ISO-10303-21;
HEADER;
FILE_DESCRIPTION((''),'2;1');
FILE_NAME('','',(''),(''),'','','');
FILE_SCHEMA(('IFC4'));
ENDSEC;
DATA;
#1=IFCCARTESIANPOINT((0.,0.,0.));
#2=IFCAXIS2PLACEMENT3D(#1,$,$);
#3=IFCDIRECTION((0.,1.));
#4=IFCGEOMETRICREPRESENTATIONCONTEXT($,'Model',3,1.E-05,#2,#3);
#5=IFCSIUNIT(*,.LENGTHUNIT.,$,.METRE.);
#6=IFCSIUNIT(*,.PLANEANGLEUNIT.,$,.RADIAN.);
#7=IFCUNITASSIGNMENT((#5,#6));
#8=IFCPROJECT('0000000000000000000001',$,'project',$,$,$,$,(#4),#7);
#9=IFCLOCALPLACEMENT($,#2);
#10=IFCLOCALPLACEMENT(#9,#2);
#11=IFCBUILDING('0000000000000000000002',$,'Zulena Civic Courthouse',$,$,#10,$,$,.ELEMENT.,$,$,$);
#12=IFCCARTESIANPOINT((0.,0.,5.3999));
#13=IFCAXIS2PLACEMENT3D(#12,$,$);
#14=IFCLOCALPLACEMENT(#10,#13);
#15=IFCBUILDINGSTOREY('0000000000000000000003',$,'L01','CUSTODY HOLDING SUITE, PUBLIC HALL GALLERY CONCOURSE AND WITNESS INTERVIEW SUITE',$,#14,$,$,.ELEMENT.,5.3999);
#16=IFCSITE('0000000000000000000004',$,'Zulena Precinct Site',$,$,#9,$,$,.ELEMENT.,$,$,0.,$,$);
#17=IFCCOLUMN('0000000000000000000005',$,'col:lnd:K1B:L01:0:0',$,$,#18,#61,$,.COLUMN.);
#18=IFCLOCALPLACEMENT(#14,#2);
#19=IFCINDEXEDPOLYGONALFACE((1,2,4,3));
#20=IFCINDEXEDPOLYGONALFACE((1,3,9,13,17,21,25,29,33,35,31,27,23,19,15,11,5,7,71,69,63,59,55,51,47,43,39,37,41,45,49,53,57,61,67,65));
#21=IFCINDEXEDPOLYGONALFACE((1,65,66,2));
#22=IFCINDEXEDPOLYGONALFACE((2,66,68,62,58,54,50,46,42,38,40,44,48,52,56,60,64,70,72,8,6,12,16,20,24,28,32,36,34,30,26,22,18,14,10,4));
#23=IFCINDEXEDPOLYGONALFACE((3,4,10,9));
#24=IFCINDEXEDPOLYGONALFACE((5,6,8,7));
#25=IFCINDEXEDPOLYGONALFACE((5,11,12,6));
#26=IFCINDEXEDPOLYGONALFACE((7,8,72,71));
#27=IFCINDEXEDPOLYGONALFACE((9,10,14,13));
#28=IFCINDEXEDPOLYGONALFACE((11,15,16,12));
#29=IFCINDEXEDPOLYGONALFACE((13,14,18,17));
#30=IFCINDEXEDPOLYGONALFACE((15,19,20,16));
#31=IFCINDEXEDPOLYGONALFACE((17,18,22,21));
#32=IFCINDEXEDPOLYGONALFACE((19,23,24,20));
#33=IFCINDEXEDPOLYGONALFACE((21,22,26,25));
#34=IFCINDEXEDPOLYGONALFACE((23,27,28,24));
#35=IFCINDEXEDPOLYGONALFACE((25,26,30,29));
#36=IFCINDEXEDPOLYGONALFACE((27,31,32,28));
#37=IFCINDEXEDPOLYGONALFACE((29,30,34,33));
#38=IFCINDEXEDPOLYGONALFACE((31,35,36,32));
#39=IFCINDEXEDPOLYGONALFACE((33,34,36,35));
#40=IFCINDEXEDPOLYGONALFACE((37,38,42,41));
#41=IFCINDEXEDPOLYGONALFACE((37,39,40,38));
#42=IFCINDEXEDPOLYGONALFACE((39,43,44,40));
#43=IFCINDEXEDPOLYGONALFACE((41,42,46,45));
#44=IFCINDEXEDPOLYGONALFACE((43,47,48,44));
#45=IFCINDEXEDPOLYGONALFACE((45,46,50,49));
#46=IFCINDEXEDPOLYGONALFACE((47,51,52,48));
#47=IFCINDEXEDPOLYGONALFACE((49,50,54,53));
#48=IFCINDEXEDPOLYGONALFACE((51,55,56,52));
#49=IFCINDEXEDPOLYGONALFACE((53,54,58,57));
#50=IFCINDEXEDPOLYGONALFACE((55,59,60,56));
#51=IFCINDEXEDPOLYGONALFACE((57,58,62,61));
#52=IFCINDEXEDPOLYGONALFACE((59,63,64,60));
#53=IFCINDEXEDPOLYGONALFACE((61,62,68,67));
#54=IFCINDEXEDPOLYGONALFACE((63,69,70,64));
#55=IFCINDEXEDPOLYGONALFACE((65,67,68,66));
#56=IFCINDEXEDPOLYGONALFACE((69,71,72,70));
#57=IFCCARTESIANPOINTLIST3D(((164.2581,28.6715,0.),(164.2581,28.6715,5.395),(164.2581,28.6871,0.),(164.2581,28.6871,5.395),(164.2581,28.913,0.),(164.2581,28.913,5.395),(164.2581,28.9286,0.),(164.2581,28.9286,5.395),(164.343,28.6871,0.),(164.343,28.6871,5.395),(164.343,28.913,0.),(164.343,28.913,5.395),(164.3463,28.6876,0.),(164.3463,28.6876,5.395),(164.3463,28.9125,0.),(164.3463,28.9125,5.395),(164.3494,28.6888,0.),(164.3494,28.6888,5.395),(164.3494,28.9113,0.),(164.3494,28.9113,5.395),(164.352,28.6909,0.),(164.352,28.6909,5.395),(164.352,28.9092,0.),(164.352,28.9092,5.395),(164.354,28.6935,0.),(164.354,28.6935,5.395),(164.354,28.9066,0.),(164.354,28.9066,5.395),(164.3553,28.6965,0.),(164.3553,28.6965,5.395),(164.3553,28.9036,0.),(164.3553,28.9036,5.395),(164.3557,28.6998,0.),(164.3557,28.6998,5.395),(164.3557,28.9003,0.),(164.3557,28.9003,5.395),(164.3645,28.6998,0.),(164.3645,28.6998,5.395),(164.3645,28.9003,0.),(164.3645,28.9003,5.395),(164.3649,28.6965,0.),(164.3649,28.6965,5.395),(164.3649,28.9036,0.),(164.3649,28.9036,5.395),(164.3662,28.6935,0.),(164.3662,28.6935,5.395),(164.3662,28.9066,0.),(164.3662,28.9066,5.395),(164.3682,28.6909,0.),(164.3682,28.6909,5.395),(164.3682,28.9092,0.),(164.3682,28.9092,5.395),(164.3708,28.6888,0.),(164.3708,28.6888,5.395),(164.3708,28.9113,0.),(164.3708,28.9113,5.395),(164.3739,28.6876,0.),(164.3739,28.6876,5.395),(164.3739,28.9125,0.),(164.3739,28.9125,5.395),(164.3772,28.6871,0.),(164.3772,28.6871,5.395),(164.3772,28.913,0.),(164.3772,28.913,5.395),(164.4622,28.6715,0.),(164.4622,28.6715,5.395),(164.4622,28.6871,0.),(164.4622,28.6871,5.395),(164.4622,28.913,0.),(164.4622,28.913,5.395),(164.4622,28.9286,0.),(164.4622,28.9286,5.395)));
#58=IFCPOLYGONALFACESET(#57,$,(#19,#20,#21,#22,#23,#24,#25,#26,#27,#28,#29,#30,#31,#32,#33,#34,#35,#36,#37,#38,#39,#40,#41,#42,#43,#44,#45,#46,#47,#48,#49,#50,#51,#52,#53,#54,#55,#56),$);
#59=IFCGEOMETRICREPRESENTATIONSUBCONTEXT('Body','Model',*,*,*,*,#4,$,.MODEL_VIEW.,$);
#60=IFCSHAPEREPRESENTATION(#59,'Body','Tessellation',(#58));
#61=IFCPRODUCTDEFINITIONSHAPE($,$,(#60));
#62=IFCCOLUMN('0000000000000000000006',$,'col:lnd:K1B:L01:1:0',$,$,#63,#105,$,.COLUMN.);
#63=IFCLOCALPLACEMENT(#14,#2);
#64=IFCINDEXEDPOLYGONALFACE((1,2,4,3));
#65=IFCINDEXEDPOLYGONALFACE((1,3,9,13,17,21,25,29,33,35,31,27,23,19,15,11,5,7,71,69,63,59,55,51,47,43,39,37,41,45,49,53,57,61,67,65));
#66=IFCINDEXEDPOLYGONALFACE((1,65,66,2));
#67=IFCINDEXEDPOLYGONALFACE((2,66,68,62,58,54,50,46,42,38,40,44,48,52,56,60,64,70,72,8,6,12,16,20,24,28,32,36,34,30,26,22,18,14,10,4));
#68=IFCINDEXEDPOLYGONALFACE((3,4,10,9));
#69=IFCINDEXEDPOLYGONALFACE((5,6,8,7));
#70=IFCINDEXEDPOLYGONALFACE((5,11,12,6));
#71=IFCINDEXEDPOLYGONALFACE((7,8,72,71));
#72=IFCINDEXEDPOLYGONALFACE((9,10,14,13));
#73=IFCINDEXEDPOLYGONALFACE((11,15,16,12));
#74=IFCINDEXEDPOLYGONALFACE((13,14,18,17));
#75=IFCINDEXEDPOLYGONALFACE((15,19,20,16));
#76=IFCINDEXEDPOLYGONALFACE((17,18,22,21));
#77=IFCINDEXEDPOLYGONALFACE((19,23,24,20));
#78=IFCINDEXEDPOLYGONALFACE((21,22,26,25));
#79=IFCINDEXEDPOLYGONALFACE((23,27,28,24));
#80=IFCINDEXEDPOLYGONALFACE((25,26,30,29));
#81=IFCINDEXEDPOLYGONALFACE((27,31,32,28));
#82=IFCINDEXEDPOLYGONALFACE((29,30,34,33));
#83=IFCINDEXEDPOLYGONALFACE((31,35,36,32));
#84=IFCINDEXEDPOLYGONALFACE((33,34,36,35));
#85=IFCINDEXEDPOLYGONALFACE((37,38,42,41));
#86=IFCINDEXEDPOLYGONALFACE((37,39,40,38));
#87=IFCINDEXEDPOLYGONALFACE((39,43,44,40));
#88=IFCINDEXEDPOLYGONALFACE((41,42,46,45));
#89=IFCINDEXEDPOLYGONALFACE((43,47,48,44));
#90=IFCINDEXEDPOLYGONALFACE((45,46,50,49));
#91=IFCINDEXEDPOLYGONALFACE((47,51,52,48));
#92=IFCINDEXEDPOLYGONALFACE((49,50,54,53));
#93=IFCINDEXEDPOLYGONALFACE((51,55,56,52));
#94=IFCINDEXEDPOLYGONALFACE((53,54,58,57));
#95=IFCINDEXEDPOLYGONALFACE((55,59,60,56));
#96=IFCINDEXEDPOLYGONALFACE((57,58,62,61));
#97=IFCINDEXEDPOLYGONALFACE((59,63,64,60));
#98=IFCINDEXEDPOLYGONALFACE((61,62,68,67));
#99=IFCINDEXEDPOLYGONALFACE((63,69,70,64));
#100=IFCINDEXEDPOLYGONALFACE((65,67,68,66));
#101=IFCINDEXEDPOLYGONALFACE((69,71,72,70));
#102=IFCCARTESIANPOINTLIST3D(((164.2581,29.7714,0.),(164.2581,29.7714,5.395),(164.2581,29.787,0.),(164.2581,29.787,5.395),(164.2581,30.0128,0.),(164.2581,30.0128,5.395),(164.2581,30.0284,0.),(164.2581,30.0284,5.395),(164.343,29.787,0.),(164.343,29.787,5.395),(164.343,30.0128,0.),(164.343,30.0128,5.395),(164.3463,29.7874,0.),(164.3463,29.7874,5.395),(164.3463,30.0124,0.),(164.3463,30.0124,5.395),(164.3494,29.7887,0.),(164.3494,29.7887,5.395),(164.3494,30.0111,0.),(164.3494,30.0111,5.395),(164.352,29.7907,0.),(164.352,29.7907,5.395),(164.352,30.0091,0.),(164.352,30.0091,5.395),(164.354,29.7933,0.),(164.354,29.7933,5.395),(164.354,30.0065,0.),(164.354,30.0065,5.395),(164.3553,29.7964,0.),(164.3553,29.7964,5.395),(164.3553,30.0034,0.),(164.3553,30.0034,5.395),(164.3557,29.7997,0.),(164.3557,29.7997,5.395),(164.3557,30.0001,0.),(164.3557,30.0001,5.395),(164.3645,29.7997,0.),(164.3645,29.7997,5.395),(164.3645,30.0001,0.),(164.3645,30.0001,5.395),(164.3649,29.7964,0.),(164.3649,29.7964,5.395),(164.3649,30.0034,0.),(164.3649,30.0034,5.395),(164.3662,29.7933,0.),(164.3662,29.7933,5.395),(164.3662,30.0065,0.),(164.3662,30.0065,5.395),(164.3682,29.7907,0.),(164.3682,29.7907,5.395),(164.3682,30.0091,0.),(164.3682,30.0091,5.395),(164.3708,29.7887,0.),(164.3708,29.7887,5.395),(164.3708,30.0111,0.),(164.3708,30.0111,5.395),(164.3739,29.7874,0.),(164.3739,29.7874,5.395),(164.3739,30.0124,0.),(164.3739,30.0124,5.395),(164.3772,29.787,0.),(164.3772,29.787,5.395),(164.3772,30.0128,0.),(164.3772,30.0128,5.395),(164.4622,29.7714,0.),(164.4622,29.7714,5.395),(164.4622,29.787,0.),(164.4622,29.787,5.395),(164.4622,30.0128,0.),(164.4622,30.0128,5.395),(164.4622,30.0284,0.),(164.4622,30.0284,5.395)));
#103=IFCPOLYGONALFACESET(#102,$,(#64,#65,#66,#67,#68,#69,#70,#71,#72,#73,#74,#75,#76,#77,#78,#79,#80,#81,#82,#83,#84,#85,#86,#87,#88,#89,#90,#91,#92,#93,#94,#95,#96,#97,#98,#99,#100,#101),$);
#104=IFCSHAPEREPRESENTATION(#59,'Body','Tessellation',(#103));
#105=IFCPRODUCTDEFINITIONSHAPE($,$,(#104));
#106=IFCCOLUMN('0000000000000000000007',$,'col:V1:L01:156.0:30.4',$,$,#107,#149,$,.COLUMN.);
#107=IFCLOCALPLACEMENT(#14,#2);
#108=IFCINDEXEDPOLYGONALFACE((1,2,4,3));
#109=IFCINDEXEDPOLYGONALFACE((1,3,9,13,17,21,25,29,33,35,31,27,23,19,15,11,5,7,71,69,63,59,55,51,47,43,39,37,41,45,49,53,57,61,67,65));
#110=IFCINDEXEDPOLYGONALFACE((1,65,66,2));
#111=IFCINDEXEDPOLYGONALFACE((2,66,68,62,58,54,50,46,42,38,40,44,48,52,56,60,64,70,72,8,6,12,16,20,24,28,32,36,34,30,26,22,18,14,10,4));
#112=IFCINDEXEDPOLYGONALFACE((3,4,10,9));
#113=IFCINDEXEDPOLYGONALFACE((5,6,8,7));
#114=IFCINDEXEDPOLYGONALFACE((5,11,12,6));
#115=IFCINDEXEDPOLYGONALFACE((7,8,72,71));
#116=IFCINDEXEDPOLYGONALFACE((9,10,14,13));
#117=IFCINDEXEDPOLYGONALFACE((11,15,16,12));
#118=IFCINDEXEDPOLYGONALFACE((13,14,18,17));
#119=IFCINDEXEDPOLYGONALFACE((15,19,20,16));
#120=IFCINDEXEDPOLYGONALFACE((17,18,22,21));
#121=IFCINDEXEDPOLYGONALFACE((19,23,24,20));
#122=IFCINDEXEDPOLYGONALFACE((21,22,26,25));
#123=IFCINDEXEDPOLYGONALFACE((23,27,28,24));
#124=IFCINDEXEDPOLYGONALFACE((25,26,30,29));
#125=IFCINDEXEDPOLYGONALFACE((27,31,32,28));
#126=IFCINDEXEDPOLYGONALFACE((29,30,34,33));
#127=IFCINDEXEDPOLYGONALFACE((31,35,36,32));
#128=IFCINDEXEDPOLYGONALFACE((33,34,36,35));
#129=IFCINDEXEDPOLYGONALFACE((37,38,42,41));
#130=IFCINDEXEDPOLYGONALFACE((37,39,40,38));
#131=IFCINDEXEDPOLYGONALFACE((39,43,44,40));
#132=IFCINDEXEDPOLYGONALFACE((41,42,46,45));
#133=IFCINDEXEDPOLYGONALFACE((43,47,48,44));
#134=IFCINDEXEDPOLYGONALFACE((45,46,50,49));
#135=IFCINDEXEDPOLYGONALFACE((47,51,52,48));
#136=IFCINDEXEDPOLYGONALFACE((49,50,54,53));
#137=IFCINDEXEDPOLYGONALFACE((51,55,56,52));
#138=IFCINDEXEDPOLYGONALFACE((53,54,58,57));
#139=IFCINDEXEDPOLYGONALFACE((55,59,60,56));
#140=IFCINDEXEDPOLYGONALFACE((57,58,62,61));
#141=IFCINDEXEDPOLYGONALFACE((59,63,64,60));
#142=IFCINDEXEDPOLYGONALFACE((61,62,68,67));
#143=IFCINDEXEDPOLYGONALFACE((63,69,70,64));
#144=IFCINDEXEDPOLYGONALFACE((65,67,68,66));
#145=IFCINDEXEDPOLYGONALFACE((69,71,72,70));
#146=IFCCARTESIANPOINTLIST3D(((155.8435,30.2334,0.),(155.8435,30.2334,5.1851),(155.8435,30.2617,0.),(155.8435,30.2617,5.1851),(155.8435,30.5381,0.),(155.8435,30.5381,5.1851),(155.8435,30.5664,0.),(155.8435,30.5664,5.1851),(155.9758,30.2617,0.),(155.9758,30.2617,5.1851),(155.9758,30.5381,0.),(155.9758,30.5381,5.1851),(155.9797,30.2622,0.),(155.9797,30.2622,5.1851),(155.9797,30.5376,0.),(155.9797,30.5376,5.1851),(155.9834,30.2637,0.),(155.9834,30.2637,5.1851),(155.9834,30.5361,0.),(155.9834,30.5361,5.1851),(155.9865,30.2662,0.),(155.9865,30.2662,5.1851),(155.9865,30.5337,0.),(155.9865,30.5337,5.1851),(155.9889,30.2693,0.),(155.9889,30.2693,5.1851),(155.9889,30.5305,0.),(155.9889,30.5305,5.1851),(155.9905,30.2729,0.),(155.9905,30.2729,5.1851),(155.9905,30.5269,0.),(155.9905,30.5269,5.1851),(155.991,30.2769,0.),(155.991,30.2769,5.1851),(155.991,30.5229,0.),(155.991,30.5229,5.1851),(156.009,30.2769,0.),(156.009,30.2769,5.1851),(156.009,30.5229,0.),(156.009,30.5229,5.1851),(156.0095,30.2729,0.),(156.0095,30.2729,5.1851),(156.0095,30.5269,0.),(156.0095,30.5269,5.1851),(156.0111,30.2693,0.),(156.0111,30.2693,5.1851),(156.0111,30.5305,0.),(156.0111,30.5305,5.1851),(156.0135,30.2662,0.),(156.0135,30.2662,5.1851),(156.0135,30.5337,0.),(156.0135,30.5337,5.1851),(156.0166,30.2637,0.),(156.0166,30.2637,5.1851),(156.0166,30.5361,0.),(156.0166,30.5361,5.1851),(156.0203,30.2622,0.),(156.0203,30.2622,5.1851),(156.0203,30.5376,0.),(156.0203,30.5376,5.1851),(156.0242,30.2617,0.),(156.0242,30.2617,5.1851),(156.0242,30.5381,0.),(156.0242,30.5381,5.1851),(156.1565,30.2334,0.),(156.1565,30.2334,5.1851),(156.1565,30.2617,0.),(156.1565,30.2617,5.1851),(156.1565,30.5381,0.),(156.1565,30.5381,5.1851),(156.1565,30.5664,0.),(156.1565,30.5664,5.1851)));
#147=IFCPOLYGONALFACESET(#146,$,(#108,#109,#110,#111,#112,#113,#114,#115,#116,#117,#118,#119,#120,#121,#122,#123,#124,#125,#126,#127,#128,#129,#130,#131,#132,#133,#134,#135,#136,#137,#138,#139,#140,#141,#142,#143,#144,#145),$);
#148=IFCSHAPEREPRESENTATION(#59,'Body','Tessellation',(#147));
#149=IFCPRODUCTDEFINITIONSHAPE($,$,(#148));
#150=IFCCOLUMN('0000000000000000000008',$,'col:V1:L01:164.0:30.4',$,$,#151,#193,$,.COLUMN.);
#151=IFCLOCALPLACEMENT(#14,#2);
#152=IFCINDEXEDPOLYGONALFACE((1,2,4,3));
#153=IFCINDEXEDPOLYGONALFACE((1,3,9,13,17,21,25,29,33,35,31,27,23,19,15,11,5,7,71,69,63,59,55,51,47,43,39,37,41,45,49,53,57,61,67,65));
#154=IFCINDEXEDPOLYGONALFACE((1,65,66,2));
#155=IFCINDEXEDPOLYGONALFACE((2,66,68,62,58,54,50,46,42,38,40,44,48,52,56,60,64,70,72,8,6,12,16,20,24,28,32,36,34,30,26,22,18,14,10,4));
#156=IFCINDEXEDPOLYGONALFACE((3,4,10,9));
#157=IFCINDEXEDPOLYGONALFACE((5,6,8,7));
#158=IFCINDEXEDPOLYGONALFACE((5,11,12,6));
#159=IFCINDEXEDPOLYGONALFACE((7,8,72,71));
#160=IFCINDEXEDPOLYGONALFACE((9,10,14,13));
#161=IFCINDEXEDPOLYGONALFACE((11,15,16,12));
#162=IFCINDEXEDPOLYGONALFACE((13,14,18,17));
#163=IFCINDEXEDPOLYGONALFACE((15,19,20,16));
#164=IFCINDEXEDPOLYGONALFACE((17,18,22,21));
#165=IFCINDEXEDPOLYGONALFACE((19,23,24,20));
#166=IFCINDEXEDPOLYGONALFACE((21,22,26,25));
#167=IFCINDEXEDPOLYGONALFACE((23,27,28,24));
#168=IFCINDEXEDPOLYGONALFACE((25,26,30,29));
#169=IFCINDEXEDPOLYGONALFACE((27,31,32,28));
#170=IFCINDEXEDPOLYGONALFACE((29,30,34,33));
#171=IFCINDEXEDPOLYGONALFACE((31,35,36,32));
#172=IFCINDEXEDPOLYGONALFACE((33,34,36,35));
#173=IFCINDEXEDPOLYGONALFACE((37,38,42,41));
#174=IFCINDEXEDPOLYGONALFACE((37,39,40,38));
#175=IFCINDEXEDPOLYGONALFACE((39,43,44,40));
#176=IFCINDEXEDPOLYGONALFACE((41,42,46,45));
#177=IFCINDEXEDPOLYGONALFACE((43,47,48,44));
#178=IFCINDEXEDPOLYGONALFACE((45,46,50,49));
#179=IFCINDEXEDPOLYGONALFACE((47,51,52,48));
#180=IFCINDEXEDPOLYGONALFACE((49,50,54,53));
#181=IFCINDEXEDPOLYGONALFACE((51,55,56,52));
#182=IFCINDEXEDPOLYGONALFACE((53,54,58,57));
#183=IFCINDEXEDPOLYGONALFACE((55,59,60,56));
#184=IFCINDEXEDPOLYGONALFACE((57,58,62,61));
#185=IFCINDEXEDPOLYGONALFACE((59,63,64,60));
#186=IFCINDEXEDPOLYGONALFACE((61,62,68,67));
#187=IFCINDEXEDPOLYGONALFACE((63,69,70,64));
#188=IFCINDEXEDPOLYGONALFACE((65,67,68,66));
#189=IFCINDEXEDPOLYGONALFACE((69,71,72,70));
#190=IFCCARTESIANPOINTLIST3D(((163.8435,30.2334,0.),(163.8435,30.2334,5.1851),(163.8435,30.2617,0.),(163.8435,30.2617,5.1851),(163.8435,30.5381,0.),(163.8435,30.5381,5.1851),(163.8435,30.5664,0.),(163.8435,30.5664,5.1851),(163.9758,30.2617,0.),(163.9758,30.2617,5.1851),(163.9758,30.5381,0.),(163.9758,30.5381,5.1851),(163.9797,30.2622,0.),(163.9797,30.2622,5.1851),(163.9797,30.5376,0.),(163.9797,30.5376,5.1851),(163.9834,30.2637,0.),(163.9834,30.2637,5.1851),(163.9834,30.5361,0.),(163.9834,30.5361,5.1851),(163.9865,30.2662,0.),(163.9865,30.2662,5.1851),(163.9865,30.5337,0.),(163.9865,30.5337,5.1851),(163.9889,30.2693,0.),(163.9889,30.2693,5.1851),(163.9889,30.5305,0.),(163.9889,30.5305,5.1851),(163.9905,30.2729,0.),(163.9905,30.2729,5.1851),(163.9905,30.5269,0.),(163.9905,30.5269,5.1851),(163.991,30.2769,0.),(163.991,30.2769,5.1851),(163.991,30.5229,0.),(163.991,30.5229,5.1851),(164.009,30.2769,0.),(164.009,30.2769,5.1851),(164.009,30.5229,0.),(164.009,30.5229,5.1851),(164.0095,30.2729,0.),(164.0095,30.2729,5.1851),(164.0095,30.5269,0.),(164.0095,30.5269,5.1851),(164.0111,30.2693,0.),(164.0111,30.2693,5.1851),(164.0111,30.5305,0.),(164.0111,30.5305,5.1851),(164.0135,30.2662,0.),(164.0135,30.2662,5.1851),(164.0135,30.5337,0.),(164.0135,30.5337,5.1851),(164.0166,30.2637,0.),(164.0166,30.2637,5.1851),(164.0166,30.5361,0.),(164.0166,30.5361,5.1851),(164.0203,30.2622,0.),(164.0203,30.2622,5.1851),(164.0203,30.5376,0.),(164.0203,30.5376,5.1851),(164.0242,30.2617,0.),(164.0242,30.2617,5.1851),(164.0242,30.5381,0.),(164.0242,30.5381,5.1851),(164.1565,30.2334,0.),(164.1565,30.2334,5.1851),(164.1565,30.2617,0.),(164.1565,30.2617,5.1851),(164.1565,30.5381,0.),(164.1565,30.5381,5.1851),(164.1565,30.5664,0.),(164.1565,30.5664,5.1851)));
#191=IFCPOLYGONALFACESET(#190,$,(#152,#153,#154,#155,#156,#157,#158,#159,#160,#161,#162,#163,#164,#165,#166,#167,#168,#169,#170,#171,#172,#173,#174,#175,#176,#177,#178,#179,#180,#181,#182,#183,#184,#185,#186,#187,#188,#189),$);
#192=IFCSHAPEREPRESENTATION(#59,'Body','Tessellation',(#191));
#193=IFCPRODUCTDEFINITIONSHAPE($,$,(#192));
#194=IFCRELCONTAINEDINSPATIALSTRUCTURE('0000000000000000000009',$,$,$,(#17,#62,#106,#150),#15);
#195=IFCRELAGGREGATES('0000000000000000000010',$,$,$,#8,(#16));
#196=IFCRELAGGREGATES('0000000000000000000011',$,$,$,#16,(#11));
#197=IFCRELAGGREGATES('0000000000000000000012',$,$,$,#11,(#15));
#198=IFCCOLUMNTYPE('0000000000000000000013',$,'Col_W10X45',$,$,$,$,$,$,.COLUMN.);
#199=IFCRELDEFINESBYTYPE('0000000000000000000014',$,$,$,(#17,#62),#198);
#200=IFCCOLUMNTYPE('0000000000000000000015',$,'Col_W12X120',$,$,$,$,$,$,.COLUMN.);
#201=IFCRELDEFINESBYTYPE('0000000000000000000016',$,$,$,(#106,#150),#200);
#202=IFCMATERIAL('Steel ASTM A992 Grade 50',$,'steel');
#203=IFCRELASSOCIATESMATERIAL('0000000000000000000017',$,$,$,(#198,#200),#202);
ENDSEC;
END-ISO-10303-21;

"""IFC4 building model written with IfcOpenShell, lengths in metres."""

from ifc_helpers import new_model, si_unit, direction, frame, origin, origin_2d, place, context, subcontext, project, spatial, i_section, extrude, material, material_profile, profile_set, type_object, element, save


model = new_model("IFC4")

# Units and contexts
model_context = context("Model", 3, precision=1e-05, world=origin(), true_north=direction((0.0, 1.0)))
body_context = subcontext(model_context, "Body", "Model", "MODEL_VIEW")
ifc_project = project(units=[si_unit("LENGTHUNIT", "METRE"), si_unit("PLANEANGLEUNIT", "RADIAN")], contexts=[model_context])

# Site, building, storey
site_placement = place(None, origin())
site = spatial("IfcSite", under=ifc_project, at=site_placement, Name="Zulena Precinct Site", CompositionType="ELEMENT", RefElevation=0.0)
building_placement = place(site_placement, origin())
building = spatial("IfcBuilding", under=site, at=building_placement, Name="Zulena Civic Courthouse", CompositionType="ELEMENT")
storey_placement = place(building_placement, frame((0.0, 0.0, 5.3999)))
storey = spatial("IfcBuildingStorey", under=building, at=storey_placement, Name="L01", Description="CUSTODY HOLDING SUITE, PUBLIC HALL GALLERY CONCOURSE AND WITNESS INTERVIEW SUITE", CompositionType="ELEMENT", Elevation=5.3999)

# Columns
ifc_material_1 = material(Name="Steel ASTM A992 Grade 50", Category="steel")
ifc_material_profile_1 = material_profile(ifc_material_1, i_section(OverallWidth=0.2041, OverallDepth=0.2571, WebThickness=0.0088, FlangeThickness=0.0156, FilletRadius=0.0127, at=origin_2d()), Name="W10X45")
ifc_profile_set_1 = profile_set([ifc_material_profile_1], Name="Steel ASTM A992 Grade 50")
column_type_1 = type_object("IfcColumnType", Name="Col_W10X45", PredefinedType="COLUMN", material=ifc_profile_set_1)
for number, where, z_axis, x_axis, name in (
    (1, (164.3601, 28.8, 0.0), (0.0, 0.0, 1.0), (1.0, 0.0, 0.0), "col:lnd:K1B:L01:0:0"),
    (2, (164.3601, 29.8999, 0.0), (0.0, 0.0, 1.0), (1.0, 0.0, 0.0), "col:lnd:K1B:L01:1:0"),
):
    element("IfcColumn", number, at=place(storey_placement, frame(where, z_axis=z_axis, x_axis=x_axis)), inside=storey, type_object=column_type_1, Name=name, PredefinedType="COLUMN", context=body_context, shape_type="SweptSolid", body=[
        extrude(i_section(OverallWidth=0.2041, OverallDepth=0.2571, WebThickness=0.0088, FlangeThickness=0.0156, FilletRadius=0.0127, at=origin_2d()), origin(), (0.0, 0.0, 1.0), 5.395),
    ])
ifc_material_profile_2 = material_profile(ifc_material_1, i_section(OverallWidth=0.313, OverallDepth=0.333, WebThickness=0.0181, FlangeThickness=0.0283, FilletRadius=0.0151, at=origin_2d()), Name="W12X120")
ifc_profile_set_2 = profile_set([ifc_material_profile_2], Name="Steel ASTM A992 Grade 50")
column_type_2 = type_object("IfcColumnType", Name="Col_W12X120", PredefinedType="COLUMN", material=ifc_profile_set_2)
for number, where, z_axis, x_axis, name in (
    (3, (156.0, 30.3999, 0.0), (0.0, 0.0, 1.0), (1.0, 0.0, 0.0), "col:V1:L01:156.0:30.4"),
    (4, (164.0, 30.3999, 0.0), (0.0, 0.0, 1.0), (1.0, 0.0, 0.0), "col:V1:L01:164.0:30.4"),
):
    element("IfcColumn", number, at=place(storey_placement, frame(where, z_axis=z_axis, x_axis=x_axis)), inside=storey, type_object=column_type_2, Name=name, PredefinedType="COLUMN", context=body_context, shape_type="SweptSolid", body=[
        extrude(i_section(OverallWidth=0.313, OverallDepth=0.333, WebThickness=0.0181, FlangeThickness=0.0283, FilletRadius=0.0151, at=origin_2d()), origin(), (0.0, 0.0, 1.0), 5.1851),
    ])

save(model, "model.ifc")
